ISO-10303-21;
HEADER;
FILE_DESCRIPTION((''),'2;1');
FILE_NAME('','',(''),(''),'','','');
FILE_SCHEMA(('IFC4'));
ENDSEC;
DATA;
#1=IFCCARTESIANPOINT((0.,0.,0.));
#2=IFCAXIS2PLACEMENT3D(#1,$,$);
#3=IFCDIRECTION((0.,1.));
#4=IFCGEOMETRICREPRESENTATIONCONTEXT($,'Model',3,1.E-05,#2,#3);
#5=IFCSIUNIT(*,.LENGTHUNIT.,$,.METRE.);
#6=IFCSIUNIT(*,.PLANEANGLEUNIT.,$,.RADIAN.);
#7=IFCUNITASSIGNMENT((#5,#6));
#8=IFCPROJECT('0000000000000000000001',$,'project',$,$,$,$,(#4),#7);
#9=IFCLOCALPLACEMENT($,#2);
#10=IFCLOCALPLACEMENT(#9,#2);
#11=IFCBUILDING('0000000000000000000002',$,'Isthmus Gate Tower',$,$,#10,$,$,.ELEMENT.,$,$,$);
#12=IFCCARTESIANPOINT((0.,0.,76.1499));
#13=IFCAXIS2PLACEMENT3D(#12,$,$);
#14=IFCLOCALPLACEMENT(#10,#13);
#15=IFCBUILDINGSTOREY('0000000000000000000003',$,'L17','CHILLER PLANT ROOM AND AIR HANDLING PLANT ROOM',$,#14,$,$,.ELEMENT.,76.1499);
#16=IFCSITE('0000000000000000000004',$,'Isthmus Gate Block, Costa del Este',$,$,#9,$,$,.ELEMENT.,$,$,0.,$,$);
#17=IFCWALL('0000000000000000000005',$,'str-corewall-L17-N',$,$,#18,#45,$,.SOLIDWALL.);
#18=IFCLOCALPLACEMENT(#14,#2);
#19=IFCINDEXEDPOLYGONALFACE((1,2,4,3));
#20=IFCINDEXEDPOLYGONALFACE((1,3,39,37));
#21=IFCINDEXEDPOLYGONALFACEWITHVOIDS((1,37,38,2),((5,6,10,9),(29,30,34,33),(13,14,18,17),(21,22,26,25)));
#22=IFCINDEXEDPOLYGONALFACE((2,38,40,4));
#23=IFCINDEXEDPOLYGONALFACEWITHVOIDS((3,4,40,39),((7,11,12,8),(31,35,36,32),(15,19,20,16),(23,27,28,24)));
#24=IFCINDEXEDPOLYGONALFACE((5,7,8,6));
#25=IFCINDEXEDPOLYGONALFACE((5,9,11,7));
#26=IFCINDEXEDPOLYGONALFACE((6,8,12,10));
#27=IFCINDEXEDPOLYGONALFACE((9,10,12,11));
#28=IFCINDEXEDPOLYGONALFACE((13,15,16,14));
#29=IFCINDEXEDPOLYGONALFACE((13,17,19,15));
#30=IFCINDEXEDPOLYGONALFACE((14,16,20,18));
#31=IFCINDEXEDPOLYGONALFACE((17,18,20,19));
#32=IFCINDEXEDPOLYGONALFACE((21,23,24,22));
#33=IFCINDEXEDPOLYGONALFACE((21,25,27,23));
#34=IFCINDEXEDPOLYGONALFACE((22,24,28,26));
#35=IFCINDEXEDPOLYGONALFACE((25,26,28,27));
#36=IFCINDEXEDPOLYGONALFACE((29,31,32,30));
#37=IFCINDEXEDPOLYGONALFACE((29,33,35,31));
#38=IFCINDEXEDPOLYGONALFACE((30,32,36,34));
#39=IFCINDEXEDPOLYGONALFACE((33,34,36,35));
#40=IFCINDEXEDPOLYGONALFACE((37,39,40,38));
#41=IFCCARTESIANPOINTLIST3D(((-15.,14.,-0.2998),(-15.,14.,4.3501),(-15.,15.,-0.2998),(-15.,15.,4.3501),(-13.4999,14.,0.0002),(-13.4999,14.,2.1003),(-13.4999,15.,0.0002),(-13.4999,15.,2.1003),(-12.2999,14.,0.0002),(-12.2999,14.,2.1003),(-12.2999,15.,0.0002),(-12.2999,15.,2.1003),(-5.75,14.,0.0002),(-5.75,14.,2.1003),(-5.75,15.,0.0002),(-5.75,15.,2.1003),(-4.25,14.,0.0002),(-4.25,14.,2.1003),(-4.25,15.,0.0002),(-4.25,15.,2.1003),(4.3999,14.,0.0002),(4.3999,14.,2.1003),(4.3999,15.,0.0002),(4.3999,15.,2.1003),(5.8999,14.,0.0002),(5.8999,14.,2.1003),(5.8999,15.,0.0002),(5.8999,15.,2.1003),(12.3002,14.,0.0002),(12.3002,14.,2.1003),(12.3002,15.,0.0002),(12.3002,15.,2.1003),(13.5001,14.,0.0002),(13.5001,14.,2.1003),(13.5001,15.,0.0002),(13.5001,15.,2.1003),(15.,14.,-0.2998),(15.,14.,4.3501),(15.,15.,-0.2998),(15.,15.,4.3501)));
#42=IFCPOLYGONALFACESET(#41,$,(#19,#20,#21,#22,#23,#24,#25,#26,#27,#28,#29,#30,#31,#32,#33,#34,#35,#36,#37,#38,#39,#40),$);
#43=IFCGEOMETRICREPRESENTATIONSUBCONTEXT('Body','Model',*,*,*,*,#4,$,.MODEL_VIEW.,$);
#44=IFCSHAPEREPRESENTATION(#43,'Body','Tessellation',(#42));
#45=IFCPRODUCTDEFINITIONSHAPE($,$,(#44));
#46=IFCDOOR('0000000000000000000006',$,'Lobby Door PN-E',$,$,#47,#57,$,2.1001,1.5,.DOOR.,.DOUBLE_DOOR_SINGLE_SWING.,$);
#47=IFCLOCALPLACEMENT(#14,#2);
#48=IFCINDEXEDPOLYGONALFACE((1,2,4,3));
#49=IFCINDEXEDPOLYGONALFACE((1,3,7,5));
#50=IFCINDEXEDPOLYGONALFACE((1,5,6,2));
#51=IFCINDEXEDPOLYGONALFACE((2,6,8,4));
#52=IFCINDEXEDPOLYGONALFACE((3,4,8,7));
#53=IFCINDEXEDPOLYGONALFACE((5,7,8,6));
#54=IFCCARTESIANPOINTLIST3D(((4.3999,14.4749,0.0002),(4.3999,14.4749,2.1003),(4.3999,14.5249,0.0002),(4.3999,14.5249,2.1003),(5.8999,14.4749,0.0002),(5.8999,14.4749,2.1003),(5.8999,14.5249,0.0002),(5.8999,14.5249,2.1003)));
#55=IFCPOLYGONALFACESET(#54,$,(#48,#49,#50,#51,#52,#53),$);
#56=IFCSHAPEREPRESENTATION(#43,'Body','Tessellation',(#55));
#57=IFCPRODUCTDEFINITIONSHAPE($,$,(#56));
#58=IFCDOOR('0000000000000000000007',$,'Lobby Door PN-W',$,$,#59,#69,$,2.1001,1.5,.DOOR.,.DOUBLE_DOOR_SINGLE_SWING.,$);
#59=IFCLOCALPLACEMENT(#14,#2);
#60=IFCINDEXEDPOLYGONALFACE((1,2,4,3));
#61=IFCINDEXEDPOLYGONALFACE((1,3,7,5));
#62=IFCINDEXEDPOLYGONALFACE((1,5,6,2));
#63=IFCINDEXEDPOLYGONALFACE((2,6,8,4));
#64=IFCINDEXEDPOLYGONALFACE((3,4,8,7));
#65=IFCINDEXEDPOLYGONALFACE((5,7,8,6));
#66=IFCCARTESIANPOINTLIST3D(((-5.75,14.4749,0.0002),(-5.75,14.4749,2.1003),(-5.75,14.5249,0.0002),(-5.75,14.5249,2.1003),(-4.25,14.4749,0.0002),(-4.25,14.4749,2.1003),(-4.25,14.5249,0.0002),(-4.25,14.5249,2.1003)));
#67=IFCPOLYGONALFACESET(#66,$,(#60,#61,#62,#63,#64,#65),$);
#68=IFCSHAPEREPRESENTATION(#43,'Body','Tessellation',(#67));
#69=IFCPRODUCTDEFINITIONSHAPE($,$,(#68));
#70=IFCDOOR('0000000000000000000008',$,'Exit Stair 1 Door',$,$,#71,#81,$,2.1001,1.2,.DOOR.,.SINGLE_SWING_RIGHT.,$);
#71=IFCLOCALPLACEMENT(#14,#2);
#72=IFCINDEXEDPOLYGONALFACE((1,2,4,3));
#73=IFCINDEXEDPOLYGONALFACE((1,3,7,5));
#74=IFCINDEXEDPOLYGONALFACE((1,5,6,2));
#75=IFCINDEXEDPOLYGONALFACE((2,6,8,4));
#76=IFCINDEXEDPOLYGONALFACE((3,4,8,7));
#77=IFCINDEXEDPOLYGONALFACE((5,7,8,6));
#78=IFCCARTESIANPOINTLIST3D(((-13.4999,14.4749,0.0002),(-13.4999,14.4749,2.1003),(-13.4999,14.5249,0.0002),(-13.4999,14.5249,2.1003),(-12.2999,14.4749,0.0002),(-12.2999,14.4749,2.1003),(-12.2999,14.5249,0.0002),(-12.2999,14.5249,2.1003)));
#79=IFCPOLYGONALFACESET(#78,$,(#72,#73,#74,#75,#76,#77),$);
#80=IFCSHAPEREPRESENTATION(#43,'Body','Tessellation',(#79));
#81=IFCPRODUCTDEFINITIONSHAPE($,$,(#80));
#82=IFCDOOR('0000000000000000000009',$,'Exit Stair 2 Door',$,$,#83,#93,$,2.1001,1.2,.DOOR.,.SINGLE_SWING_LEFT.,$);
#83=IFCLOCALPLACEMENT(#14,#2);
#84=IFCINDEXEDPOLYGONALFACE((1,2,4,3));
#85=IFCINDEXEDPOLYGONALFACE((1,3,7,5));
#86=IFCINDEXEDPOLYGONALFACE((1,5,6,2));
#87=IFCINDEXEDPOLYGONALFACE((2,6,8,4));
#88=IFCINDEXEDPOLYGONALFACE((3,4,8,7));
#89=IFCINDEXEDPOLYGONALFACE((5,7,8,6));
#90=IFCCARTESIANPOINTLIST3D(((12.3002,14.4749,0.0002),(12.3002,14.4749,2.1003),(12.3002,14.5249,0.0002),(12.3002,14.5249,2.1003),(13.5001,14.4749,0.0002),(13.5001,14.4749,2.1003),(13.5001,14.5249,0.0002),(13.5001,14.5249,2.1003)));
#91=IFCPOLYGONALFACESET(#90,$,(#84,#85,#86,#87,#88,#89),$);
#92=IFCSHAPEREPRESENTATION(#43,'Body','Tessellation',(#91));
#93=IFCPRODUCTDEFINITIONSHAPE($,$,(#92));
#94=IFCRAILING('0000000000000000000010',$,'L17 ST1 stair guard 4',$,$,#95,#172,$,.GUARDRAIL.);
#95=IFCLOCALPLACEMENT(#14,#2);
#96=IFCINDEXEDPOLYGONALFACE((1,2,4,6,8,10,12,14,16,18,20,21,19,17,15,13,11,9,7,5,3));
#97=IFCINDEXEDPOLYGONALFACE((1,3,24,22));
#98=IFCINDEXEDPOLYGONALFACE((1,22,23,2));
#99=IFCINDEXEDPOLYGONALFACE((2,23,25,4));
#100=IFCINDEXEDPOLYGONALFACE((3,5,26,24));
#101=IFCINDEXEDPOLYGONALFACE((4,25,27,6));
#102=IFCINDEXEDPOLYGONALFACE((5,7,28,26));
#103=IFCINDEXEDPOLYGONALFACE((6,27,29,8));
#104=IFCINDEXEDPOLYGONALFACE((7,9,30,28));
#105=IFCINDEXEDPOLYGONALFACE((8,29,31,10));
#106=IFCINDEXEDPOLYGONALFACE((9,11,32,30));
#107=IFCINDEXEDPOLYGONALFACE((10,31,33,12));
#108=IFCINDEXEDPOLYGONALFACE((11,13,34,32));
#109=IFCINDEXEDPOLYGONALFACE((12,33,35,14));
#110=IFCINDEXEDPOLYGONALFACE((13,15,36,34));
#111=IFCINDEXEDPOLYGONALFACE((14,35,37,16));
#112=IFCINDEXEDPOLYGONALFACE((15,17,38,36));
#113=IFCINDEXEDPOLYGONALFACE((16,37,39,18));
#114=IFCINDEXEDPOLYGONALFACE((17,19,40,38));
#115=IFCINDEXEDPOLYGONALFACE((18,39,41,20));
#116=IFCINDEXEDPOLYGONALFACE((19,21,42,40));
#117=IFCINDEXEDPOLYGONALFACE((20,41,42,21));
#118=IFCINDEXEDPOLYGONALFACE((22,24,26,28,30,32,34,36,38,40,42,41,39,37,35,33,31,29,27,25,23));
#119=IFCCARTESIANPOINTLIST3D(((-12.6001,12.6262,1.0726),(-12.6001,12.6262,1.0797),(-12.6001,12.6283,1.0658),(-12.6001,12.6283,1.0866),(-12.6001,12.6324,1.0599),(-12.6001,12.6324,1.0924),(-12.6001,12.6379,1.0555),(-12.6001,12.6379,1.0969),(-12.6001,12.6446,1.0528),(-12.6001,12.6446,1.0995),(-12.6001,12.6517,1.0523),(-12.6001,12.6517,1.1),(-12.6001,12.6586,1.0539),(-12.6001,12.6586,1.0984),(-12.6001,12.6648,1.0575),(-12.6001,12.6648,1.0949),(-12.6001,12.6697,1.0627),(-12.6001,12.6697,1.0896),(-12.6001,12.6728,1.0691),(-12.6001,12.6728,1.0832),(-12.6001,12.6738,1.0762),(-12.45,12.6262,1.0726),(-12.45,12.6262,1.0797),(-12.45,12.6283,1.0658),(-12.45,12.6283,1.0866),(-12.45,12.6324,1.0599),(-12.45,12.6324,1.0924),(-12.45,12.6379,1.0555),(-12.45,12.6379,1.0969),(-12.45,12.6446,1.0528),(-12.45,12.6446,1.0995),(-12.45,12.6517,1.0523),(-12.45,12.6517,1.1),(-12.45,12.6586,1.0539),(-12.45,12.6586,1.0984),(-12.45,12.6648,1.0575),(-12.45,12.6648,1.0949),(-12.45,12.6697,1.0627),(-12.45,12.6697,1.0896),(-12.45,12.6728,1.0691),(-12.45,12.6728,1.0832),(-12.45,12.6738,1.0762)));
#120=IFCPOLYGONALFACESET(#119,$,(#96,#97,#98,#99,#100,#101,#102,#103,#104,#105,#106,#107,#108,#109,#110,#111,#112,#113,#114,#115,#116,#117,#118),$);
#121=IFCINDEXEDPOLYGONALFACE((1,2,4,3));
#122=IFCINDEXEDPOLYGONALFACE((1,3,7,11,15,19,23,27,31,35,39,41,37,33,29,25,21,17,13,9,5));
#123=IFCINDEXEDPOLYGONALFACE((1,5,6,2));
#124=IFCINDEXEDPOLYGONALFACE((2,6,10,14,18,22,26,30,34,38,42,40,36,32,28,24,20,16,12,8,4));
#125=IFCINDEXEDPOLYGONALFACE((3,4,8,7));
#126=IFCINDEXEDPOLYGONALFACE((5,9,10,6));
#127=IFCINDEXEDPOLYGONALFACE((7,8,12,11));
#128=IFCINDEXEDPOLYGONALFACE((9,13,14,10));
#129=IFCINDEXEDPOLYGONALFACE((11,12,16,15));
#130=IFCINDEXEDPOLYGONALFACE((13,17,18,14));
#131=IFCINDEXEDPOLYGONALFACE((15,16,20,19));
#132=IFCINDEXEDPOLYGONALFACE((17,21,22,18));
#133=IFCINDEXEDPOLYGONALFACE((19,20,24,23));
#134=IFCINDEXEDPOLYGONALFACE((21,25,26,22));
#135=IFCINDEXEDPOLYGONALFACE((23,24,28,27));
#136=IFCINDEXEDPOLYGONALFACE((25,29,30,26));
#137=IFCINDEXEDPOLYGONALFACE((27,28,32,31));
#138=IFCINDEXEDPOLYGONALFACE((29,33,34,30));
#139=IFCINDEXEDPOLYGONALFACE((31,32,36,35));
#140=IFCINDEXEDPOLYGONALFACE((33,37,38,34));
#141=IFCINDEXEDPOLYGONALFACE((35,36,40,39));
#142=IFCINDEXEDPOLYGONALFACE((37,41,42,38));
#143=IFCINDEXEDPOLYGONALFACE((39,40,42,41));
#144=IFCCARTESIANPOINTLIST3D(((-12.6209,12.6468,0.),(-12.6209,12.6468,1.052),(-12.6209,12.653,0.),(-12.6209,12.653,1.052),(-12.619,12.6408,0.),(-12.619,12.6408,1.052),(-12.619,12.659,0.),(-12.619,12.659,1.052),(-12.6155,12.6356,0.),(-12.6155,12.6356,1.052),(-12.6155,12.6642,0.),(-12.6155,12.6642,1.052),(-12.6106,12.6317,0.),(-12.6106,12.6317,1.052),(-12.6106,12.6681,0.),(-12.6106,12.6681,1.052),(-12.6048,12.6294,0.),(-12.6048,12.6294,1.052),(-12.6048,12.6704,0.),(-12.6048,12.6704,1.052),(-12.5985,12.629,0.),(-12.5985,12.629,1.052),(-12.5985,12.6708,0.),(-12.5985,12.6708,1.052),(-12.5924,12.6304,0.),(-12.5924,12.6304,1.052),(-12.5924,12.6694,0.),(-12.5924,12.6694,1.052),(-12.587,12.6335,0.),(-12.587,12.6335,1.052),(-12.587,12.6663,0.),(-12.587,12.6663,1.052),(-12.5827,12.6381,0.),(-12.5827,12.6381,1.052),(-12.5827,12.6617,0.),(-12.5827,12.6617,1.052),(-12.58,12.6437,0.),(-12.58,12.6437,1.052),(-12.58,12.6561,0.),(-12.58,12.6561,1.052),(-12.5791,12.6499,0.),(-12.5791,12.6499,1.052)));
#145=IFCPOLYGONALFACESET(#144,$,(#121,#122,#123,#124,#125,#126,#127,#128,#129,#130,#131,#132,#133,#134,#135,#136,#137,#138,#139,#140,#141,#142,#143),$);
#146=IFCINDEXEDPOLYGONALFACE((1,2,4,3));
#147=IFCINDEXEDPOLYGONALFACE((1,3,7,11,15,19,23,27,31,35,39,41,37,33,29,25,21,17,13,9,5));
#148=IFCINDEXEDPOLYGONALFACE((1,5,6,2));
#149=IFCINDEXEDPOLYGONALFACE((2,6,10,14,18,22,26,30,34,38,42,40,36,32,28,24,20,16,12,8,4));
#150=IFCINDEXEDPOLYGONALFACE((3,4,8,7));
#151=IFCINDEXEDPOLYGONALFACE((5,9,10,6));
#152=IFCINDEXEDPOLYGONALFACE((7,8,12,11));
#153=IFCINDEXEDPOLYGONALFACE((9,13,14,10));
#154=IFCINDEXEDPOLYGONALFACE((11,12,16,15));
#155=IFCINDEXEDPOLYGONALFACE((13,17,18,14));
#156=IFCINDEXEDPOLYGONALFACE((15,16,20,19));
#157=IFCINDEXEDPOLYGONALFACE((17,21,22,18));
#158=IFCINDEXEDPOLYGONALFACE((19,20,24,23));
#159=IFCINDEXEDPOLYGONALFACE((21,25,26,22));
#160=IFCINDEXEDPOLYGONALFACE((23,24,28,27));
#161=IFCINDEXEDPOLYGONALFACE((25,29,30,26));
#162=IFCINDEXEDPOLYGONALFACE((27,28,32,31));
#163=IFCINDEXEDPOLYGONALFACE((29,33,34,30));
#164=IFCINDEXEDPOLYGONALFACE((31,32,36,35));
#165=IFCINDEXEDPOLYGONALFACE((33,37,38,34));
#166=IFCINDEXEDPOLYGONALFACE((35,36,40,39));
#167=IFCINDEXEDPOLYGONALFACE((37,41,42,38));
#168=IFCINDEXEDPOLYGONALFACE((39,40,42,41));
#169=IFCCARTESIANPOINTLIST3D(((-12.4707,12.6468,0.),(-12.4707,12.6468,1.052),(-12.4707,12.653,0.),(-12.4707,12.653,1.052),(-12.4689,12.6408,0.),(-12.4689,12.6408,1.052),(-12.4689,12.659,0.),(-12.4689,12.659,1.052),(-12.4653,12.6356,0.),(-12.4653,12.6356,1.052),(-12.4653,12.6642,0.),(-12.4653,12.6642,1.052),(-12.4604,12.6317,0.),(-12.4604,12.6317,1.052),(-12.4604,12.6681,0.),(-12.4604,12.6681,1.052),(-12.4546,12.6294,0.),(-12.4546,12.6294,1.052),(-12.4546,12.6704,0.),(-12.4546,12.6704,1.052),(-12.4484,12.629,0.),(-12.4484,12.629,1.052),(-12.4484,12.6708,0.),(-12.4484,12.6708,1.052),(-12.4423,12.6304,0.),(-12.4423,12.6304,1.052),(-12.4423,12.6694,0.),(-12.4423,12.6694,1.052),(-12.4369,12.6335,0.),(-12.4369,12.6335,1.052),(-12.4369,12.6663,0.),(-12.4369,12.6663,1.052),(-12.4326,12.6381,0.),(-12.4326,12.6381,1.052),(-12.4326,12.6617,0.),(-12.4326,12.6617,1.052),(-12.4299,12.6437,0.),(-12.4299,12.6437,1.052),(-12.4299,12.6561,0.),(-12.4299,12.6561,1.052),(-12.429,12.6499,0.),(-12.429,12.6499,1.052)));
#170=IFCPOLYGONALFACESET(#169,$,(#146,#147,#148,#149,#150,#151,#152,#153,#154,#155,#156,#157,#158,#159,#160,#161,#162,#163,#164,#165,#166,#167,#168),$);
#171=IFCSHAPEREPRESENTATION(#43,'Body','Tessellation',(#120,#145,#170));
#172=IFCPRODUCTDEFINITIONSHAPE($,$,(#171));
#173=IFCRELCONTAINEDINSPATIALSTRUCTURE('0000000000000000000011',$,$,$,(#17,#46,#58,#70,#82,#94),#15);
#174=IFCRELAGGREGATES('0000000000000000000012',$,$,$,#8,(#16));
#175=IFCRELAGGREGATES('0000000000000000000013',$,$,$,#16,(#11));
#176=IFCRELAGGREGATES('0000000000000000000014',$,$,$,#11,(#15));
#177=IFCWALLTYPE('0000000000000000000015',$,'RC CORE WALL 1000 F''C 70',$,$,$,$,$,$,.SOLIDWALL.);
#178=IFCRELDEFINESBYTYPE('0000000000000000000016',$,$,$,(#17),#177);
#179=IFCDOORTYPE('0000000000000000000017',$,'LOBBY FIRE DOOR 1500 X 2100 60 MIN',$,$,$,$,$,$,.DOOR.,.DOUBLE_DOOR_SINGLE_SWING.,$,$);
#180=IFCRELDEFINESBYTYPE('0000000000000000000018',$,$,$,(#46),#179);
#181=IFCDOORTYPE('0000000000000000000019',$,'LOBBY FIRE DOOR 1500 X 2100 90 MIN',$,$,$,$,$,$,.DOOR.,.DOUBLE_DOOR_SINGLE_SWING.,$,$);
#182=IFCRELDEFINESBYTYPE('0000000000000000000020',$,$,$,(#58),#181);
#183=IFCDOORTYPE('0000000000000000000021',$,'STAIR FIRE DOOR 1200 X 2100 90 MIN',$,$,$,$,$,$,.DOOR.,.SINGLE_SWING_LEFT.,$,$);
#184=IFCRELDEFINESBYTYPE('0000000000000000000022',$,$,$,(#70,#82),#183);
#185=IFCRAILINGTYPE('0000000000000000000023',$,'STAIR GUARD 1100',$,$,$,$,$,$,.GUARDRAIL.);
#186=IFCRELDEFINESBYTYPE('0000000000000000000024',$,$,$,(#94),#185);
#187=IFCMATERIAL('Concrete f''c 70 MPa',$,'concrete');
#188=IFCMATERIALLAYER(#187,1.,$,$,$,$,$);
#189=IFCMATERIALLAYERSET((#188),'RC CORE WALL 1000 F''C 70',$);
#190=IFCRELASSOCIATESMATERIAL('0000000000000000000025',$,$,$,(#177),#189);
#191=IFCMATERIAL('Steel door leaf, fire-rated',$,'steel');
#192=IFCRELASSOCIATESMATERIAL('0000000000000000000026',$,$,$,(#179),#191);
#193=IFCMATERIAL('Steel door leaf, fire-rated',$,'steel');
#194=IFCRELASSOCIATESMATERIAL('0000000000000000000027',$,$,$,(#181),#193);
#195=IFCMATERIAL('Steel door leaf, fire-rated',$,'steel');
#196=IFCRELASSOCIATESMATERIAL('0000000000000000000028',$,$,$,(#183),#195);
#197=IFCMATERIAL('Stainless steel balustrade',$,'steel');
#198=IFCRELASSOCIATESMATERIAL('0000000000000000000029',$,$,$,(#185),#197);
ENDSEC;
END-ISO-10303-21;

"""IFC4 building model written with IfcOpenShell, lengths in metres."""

from ifc_helpers import new_model, si_unit, direction, frame, frame_2d, origin, origin_2d, place, context, subcontext, project, spatial, rectangle, circle, extrude, material, layer, layer_set, type_object, element, fill, save


model = new_model("IFC4")

# Units and contexts
model_context = context("Model", 3, precision=1e-05, world=origin(), true_north=direction((0.0, 1.0)))
body_context = subcontext(model_context, "Body", "Model", "MODEL_VIEW")
ifc_project = project(units=[si_unit("LENGTHUNIT", "METRE"), si_unit("PLANEANGLEUNIT", "RADIAN")], contexts=[model_context])

# Site, building, storey
site_placement = place(None, origin())
site = spatial("IfcSite", under=ifc_project, at=site_placement, Name="Isthmus Gate Block, Costa del Este", CompositionType="ELEMENT", RefElevation=0.0)
building_placement = place(site_placement, origin())
building = spatial("IfcBuilding", under=site, at=building_placement, Name="Isthmus Gate Tower", CompositionType="ELEMENT")
storey_placement = place(building_placement, frame((0.0, 0.0, 76.1499)))
storey = spatial("IfcBuildingStorey", under=building, at=storey_placement, Name="L17", Description="CHILLER PLANT ROOM AND AIR HANDLING PLANT ROOM", CompositionType="ELEMENT", Elevation=76.1499)

# Wall, openings, doors
ifc_material_1 = material(Name="Concrete f'c 70 MPa", Category="concrete")
ifc_layer_1 = layer(ifc_material_1, 1.0)
ifc_layer_set_1 = layer_set([ifc_layer_1], Name="RC CORE WALL 1000 F'C 70")
wall_type_1 = type_object("IfcWallType", Name="RC CORE WALL 1000 F'C 70", PredefinedType="SOLIDWALL", material=ifc_layer_set_1)
wall_1_placement = place(storey_placement, frame((-15.0, 14.5, -0.2998), z_axis=(0.0, 0.0, 1.0), x_axis=(1.0, 0.0, 0.0)))
wall_1 = element("IfcWall", 1, at=wall_1_placement, inside=storey, type_object=wall_type_1, Name="str-corewall-L17-N", PredefinedType="SOLIDWALL", context=body_context, shape_type="SweptSolid", body=[
    extrude(rectangle(XDim=30.0, YDim=1.0, at=frame_2d((15.0, 0.0))), origin(), (0.0, 0.0, 1.0), 4.6499),
])
opening_1_placement = place(wall_1_placement, frame((9.25, 0.0, 0.3)))
opening_1 = element("IfcOpeningElement", 2, at=opening_1_placement, cuts=wall_1, PredefinedType="OPENING", context=body_context, shape_type="SweptSolid", body=[
    extrude(rectangle(XDim=1.5, YDim=2.1001, at=frame_2d((0.75, 1.05))), frame((0.0, 0.51, 0.0), z_axis=(0.0, -1.0, 0.0), x_axis=(1.0, 0.0, 0.0)), (0.0, 0.0, 1.0), 1.02),
])
opening_2_placement = place(wall_1_placement, frame((19.3999, 0.0, 0.3)))
opening_2 = element("IfcOpeningElement", 3, at=opening_2_placement, cuts=wall_1, PredefinedType="OPENING", context=body_context, shape_type="SweptSolid", body=[
    extrude(rectangle(XDim=1.5, YDim=2.1001, at=frame_2d((0.75, 1.05))), frame((0.0, 0.51, 0.0), z_axis=(0.0, -1.0, 0.0), x_axis=(1.0, 0.0, 0.0)), (0.0, 0.0, 1.0), 1.02),
])
opening_3_placement = place(wall_1_placement, frame((1.5, 0.0, 0.3)))
opening_3 = element("IfcOpeningElement", 4, at=opening_3_placement, cuts=wall_1, PredefinedType="OPENING", context=body_context, shape_type="SweptSolid", body=[
    extrude(rectangle(XDim=1.2, YDim=2.1001, at=frame_2d((0.6001, 1.05))), frame((0.0, 0.51, 0.0), z_axis=(0.0, -1.0, 0.0), x_axis=(1.0, 0.0, 0.0)), (0.0, 0.0, 1.0), 1.02),
])
opening_4_placement = place(wall_1_placement, frame((27.3, 0.0, 0.3)))
opening_4 = element("IfcOpeningElement", 5, at=opening_4_placement, cuts=wall_1, PredefinedType="OPENING", context=body_context, shape_type="SweptSolid", body=[
    extrude(rectangle(XDim=1.2, YDim=2.1001, at=frame_2d((0.6001, 1.05))), frame((0.0, 0.51, 0.0), z_axis=(0.0, -1.0, 0.0), x_axis=(1.0, 0.0, 0.0)), (0.0, 0.0, 1.0), 1.02),
])
ifc_material_2 = material(Name="Steel door leaf, fire-rated", Category="steel")
door_type_1 = type_object("IfcDoorType", Name="LOBBY FIRE DOOR 1500 X 2100 60 MIN", OperationType="DOUBLE_DOOR_SINGLE_SWING", PredefinedType="DOOR", material=ifc_material_2)
door_1_placement = place(opening_2_placement, origin())
door_1 = element("IfcDoor", 6, at=door_1_placement, inside=storey, type_object=door_type_1, Name="Lobby Door PN-E", OperationType="DOUBLE_DOOR_SINGLE_SWING", OverallHeight=2.1001, OverallWidth=1.5, PredefinedType="DOOR", context=body_context, shape_type="SweptSolid", body=[
    extrude(rectangle(XDim=1.5, YDim=2.1001, at=frame_2d((0.75, 1.05))), frame((0.0, 0.0249, 0.0), z_axis=(0.0, -1.0, 0.0), x_axis=(1.0, 0.0, 0.0)), (0.0, 0.0, 1.0), 0.05),
])
fill(opening_2, door_1)
ifc_material_3 = material(Name="Steel door leaf, fire-rated", Category="steel")
door_type_2 = type_object("IfcDoorType", Name="LOBBY FIRE DOOR 1500 X 2100 90 MIN", OperationType="DOUBLE_DOOR_SINGLE_SWING", PredefinedType="DOOR", material=ifc_material_3)
door_2_placement = place(opening_1_placement, origin())
door_2 = element("IfcDoor", 7, at=door_2_placement, inside=storey, type_object=door_type_2, Name="Lobby Door PN-W", OperationType="DOUBLE_DOOR_SINGLE_SWING", OverallHeight=2.1001, OverallWidth=1.5, PredefinedType="DOOR", context=body_context, shape_type="SweptSolid", body=[
    extrude(rectangle(XDim=1.5, YDim=2.1001, at=frame_2d((0.75, 1.05))), frame((0.0, 0.0249, 0.0), z_axis=(0.0, -1.0, 0.0), x_axis=(1.0, 0.0, 0.0)), (0.0, 0.0, 1.0), 0.05),
])
fill(opening_1, door_2)
ifc_material_4 = material(Name="Steel door leaf, fire-rated", Category="steel")
door_type_3 = type_object("IfcDoorType", Name="STAIR FIRE DOOR 1200 X 2100 90 MIN", OperationType="SINGLE_SWING_LEFT", PredefinedType="DOOR", material=ifc_material_4)
door_3_placement = place(opening_3_placement, origin())
door_3 = element("IfcDoor", 8, at=door_3_placement, inside=storey, type_object=door_type_3, Name="Exit Stair 1 Door", OperationType="SINGLE_SWING_RIGHT", OverallHeight=2.1001, OverallWidth=1.2, PredefinedType="DOOR", context=body_context, shape_type="SweptSolid", body=[
    extrude(rectangle(XDim=1.2, YDim=2.1001, at=frame_2d((0.6001, 1.05))), frame((0.0, 0.0249, 0.0), z_axis=(0.0, -1.0, 0.0), x_axis=(1.0, 0.0, 0.0)), (0.0, 0.0, 1.0), 0.05),
])
fill(opening_3, door_3)
door_4_placement = place(opening_4_placement, origin())
door_4 = element("IfcDoor", 9, at=door_4_placement, inside=storey, type_object=door_type_3, Name="Exit Stair 2 Door", OperationType="SINGLE_SWING_LEFT", OverallHeight=2.1001, OverallWidth=1.2, PredefinedType="DOOR", context=body_context, shape_type="SweptSolid", body=[
    extrude(rectangle(XDim=1.2, YDim=2.1001, at=frame_2d((0.6001, 1.05))), frame((0.0, 0.0249, 0.0), z_axis=(0.0, -1.0, 0.0), x_axis=(1.0, 0.0, 0.0)), (0.0, 0.0, 1.0), 0.05),
])
fill(opening_4, door_4)

# Railing
ifc_material_5 = material(Name="Stainless steel balustrade", Category="steel")
railing_type = type_object("IfcRailingType", Name="STAIR GUARD 1100", PredefinedType="GUARDRAIL", material=ifc_material_5)
railing_placement = place(storey_placement, frame((-12.6001, 12.6499, 0.0)))
element("IfcRailing", 10, at=railing_placement, inside=storey, type_object=railing_type, Name="L17 ST1 stair guard 4", PredefinedType="GUARDRAIL", context=body_context, shape_type="SweptSolid", body=[
    extrude(circle(Radius=0.0239, at=origin_2d()), frame((0.0, 0.0, 1.0762), z_axis=(1.0, 0.0, 0.0), x_axis=(0.0, 1.0, 0.0)), (0.0, 0.0, 1.0), 0.1501),
    extrude(circle(Radius=0.021, at=origin_2d()), origin(), (0.0, 0.0, 1.0), 1.052),
    extrude(circle(Radius=0.021, at=origin_2d()), frame((0.1501, 0.0, 0.0)), (0.0, 0.0, 1.0), 1.052),
])

save(model, "model.ifc")
